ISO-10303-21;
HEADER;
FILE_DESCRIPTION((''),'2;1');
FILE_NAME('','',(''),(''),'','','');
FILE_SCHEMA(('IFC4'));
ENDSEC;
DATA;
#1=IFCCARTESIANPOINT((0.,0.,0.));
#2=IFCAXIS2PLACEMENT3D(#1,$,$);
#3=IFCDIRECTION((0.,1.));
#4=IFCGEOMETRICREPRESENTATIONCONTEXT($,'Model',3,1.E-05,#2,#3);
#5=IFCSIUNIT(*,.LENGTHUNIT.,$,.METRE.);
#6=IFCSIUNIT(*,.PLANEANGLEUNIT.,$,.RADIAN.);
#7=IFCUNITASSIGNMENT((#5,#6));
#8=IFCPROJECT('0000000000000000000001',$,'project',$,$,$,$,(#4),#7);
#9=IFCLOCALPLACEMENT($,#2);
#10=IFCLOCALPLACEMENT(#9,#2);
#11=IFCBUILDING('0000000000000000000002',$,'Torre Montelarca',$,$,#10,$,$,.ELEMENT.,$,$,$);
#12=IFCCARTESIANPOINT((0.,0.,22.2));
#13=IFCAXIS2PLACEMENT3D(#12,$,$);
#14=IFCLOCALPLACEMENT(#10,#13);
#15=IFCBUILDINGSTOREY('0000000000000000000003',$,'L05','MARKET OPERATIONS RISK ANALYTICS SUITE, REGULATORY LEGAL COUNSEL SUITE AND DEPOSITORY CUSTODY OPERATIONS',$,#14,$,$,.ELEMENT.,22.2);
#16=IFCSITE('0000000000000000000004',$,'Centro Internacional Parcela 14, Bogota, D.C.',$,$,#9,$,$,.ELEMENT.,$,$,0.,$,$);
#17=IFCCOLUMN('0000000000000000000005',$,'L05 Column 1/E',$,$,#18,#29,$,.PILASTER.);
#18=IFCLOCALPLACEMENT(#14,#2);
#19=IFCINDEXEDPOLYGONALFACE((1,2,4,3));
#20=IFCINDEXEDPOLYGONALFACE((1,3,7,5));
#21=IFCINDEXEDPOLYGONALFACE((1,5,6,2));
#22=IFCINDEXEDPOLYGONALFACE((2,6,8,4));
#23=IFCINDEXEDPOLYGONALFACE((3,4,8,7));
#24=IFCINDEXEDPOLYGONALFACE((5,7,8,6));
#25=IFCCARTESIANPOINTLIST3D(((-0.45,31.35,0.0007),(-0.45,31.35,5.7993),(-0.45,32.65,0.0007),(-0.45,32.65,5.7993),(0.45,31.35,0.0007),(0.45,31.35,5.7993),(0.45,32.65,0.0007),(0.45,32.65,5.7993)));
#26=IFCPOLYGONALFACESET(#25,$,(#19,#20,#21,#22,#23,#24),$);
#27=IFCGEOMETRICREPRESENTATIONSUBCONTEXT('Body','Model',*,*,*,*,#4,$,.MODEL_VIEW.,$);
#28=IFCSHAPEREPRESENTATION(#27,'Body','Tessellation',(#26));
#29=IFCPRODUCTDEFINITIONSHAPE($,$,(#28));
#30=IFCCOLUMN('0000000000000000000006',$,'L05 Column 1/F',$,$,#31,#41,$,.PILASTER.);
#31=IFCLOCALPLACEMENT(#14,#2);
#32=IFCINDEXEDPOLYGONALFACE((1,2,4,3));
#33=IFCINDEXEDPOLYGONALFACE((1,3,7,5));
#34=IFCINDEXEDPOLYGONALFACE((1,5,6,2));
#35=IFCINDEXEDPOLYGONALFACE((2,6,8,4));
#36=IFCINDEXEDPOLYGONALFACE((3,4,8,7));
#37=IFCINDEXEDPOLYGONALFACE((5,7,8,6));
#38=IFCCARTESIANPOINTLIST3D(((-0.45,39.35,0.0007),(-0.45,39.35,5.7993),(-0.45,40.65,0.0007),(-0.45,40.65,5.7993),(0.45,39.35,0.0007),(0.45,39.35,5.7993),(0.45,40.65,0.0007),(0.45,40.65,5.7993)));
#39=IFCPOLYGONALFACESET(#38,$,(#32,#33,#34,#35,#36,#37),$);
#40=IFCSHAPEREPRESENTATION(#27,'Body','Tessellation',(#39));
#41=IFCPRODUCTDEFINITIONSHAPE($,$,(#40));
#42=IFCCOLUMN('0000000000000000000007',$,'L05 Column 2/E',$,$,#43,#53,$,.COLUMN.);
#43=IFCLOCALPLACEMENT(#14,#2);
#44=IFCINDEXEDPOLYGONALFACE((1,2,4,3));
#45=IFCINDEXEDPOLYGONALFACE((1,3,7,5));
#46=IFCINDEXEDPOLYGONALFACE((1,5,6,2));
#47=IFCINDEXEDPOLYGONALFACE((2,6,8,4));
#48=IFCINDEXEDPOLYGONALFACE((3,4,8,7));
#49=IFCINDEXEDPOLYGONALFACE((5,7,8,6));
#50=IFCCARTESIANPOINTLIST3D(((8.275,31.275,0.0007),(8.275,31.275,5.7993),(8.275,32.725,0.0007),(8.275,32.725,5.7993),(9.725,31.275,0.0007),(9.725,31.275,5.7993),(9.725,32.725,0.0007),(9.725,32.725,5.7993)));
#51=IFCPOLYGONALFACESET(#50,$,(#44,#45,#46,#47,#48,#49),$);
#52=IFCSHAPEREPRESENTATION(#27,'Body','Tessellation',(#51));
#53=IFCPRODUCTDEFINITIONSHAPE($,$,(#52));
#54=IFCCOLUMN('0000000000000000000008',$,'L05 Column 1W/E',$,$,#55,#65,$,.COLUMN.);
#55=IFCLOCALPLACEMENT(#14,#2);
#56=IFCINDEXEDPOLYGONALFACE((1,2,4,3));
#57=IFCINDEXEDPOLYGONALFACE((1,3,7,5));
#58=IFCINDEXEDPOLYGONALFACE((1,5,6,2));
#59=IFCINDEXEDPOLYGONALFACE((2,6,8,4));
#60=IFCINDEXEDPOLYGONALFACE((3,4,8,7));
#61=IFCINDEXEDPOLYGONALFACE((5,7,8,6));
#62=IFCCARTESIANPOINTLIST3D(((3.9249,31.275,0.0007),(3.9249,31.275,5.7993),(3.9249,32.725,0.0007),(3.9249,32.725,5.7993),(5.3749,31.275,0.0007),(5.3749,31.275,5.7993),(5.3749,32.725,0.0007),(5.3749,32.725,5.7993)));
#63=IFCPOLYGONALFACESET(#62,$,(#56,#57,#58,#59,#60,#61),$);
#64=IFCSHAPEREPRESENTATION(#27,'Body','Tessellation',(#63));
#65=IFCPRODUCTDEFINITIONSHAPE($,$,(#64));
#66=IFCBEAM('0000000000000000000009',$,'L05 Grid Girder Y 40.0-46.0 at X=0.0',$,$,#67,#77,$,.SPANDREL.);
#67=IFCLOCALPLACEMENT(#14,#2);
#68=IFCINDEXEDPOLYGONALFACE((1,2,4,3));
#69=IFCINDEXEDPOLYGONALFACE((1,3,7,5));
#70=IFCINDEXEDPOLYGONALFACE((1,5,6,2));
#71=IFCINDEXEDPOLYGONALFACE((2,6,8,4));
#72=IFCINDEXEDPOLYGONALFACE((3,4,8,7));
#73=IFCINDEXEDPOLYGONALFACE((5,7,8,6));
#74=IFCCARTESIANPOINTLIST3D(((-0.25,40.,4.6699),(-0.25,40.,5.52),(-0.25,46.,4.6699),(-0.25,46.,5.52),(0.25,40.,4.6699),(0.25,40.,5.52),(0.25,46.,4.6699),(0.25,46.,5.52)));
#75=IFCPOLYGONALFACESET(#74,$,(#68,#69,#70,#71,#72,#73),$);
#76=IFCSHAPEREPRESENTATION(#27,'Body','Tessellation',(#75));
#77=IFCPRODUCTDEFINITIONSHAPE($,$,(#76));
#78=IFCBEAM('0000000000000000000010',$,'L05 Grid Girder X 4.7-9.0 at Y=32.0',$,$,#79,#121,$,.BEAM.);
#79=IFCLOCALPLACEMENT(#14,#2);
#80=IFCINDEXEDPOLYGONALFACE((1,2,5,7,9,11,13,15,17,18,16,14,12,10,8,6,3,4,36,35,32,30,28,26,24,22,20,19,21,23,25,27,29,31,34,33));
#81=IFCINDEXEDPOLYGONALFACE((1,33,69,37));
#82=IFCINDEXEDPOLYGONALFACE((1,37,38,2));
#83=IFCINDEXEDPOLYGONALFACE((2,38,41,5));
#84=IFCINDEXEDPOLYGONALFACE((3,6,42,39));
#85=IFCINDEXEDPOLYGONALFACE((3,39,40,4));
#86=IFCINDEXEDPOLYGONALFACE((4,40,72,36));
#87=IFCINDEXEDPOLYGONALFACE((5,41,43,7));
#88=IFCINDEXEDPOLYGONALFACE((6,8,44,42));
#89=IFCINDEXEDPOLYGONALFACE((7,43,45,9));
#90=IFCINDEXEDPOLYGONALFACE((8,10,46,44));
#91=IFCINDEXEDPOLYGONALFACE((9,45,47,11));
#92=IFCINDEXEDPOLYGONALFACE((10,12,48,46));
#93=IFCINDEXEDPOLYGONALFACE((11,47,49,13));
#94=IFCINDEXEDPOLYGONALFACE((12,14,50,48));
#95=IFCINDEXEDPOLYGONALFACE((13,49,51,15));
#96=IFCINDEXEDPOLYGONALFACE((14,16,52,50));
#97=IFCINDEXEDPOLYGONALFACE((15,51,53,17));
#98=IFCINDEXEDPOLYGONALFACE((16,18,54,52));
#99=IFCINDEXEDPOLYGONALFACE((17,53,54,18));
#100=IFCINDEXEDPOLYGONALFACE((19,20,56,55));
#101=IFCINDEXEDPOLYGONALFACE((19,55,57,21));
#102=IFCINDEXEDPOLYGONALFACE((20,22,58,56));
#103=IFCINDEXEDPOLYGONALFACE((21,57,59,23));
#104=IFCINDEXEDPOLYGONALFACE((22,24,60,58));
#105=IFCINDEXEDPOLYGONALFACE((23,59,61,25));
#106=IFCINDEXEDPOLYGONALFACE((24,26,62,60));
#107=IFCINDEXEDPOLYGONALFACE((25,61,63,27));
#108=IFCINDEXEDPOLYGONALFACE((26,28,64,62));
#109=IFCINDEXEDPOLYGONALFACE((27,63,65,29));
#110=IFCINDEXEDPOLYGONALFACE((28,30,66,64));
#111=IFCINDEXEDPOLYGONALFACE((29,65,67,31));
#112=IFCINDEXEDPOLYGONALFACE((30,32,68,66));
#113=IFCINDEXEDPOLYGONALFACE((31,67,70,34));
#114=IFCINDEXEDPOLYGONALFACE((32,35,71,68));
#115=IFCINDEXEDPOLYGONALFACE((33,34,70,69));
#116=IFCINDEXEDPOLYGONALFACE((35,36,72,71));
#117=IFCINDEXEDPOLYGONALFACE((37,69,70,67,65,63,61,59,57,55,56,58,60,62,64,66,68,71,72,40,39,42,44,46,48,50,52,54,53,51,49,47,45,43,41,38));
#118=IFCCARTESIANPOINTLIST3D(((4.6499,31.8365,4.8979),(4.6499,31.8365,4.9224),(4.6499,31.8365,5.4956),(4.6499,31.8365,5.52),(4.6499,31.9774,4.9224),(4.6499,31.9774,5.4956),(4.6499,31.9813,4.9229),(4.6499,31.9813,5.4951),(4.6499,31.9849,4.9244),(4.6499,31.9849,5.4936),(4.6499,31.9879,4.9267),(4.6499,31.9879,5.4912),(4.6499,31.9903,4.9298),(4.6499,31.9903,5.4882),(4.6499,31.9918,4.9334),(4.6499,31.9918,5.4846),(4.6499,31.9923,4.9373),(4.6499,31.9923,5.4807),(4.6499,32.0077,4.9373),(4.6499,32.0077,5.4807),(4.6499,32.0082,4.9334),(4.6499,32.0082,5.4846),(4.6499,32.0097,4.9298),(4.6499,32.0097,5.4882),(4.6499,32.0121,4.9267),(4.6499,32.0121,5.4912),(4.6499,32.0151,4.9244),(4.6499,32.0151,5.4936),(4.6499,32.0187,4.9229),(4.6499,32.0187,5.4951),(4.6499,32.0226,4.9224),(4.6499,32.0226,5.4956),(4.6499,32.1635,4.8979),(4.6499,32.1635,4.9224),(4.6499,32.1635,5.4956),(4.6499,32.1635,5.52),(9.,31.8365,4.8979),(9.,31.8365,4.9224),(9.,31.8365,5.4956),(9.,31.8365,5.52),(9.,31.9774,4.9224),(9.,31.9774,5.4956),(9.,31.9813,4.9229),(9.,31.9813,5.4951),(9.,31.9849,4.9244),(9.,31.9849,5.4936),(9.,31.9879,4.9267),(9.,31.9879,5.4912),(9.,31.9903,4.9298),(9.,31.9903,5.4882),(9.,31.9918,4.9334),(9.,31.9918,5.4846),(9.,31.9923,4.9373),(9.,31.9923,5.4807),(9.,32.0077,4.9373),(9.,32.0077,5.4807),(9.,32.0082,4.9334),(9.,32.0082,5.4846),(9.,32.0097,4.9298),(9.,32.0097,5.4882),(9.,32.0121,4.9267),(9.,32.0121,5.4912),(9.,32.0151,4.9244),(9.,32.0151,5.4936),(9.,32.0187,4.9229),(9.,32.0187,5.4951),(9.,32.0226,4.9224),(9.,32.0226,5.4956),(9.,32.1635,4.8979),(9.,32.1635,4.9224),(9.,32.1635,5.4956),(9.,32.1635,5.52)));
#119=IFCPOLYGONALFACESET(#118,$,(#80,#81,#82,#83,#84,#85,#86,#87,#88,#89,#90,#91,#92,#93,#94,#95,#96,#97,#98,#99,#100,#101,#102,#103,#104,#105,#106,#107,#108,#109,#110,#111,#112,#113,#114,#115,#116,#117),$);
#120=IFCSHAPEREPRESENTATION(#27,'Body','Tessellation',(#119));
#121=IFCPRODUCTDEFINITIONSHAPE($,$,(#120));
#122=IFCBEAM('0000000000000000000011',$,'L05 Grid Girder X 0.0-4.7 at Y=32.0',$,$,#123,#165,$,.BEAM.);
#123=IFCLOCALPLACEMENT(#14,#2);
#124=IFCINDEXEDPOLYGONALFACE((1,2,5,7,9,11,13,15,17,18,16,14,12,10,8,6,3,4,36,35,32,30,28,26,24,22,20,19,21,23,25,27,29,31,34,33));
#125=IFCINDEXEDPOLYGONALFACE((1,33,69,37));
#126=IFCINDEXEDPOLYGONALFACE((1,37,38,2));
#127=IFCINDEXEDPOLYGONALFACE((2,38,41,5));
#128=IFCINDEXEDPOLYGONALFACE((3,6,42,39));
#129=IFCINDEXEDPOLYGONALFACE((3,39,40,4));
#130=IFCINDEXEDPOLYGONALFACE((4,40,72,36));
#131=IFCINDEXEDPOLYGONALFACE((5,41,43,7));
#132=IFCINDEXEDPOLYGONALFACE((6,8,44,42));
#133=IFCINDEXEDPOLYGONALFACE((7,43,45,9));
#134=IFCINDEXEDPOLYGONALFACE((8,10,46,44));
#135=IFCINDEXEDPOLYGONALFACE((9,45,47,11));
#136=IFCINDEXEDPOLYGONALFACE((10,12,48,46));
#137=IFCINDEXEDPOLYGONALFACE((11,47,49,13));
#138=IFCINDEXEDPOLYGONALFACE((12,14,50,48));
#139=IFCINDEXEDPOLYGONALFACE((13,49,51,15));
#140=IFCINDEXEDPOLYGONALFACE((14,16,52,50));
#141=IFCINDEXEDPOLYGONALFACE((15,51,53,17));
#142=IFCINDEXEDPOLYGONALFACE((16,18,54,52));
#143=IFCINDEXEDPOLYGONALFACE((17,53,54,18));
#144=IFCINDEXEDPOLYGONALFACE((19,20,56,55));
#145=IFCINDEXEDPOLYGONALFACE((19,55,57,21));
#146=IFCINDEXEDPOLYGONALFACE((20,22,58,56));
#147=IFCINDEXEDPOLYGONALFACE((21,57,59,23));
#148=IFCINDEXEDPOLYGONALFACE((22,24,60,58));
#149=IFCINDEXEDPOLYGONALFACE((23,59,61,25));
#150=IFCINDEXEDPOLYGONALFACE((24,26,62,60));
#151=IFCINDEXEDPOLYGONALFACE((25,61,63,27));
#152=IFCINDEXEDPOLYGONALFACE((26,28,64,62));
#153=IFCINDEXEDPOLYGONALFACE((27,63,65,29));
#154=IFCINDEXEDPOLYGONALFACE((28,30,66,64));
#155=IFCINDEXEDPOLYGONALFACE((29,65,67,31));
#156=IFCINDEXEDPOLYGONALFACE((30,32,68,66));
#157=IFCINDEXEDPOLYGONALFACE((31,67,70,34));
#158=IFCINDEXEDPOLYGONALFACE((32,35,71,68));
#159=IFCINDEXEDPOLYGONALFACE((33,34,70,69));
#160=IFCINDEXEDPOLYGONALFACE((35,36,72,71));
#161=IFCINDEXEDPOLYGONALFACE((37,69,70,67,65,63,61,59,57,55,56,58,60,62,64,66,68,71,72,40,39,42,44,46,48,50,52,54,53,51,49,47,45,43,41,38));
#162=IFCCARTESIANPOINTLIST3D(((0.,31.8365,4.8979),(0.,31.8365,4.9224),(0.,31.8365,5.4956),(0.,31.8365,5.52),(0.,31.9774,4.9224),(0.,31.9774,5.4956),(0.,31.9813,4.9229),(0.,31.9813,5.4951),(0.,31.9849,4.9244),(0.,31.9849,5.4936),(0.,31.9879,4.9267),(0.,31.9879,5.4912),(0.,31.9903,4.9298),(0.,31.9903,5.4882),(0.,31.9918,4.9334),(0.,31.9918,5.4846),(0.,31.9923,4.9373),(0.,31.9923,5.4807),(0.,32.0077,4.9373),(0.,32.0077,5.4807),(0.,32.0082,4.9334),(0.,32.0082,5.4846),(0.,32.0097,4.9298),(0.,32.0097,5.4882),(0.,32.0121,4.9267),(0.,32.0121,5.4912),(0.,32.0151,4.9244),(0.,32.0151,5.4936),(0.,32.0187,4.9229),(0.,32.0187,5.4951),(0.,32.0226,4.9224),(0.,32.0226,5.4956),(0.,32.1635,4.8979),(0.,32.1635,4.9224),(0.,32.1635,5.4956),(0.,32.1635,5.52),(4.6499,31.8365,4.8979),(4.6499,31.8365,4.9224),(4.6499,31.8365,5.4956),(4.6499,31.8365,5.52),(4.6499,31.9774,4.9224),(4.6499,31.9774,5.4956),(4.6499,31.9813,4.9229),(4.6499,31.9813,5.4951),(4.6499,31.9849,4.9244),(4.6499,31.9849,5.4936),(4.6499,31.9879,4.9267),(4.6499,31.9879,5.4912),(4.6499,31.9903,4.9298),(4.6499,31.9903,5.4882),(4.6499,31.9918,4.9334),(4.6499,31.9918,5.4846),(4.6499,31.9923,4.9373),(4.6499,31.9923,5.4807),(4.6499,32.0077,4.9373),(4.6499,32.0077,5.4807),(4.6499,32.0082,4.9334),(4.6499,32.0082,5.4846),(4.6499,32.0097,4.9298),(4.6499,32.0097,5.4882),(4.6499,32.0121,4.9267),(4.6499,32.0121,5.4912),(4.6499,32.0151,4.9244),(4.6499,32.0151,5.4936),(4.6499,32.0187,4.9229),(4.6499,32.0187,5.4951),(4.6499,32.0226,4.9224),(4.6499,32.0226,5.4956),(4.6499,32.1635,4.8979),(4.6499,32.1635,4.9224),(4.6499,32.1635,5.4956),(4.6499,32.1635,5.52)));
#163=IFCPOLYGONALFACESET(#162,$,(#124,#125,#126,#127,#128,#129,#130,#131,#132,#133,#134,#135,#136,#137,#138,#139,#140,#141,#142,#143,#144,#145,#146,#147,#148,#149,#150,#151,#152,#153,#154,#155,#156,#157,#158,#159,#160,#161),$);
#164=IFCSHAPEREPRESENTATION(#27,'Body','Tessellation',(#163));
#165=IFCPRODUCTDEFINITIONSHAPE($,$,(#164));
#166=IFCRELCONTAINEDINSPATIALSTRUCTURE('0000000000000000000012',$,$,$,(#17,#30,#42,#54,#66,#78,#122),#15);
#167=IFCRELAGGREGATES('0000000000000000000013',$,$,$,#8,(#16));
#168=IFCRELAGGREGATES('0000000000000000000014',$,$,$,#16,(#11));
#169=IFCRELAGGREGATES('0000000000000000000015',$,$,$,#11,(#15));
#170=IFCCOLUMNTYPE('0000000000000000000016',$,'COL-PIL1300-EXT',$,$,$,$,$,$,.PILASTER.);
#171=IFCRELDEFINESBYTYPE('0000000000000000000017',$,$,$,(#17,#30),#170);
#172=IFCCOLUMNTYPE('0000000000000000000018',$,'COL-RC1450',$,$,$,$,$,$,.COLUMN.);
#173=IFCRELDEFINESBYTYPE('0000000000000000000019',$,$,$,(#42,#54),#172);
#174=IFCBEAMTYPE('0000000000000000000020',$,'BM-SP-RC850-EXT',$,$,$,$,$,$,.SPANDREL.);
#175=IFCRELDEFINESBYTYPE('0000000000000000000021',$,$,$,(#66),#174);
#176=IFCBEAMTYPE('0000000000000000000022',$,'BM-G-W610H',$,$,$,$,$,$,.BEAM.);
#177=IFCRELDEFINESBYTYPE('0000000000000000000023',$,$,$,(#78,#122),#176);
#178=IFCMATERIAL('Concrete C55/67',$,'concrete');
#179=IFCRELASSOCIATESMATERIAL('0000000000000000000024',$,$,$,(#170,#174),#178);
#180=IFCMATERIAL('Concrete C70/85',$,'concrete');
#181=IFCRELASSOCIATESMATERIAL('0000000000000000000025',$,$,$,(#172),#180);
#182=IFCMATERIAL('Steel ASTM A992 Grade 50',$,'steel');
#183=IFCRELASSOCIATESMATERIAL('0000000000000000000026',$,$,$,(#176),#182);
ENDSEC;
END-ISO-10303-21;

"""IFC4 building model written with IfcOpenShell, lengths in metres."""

from ifc_helpers import new_model, si_unit, direction, frame, origin, origin_2d, place, context, subcontext, project, spatial, rectangle, i_section, extrude, source, transform, mapped, material, material_profile, profile_set, type_object, element, save


model = new_model("IFC4")

# Units and contexts
model_context = context("Model", 3, precision=1e-05, world=origin(), true_north=direction((0.0, 1.0)))
body_context = subcontext(model_context, "Body", "Model", "MODEL_VIEW")
ifc_project = project(units=[si_unit("LENGTHUNIT", "METRE"), si_unit("PLANEANGLEUNIT", "RADIAN")], contexts=[model_context])

# Site, building, storey
site_placement = place(None, origin())
site = spatial("IfcSite", under=ifc_project, at=site_placement, Name="Centro Internacional Parcela 14, Bogota, D.C.", CompositionType="ELEMENT", RefElevation=0.0)
building_placement = place(site_placement, origin())
building = spatial("IfcBuilding", under=site, at=building_placement, Name="Torre Montelarca", CompositionType="ELEMENT")
storey_placement = place(building_placement, frame((0.0, 0.0, 22.2)))
storey = spatial("IfcBuildingStorey", under=building, at=storey_placement, Name="L05", Description="MARKET OPERATIONS RISK ANALYTICS SUITE, REGULATORY LEGAL COUNSEL SUITE AND DEPOSITORY CUSTODY OPERATIONS", CompositionType="ELEMENT", Elevation=22.2)

# Columns
ifc_material_1 = material(Name="Concrete C55/67", Category="concrete")
ifc_material_profile_1 = material_profile(ifc_material_1, rectangle(XDim=0.8999, YDim=1.3, at=origin_2d()), Name="RC1300X900", Category="concrete")
ifc_profile_set_1 = profile_set([ifc_material_profile_1], Name="Concrete C55/67")
column_type_1 = type_object("IfcColumnType", Name="COL-PIL1300-EXT", PredefinedType="PILASTER", material=ifc_profile_set_1)
shared_shape_1 = source(origin(), body_context, "Body", "SweptSolid", [
    extrude(rectangle(XDim=0.8999, YDim=1.3, at=origin_2d()), origin(), (0.0, 0.0, 1.0), 5.7986),
])
for number, where, z_axis, x_axis, name in (
    (1, (0.0, 32.0, 0.0007), (0.0, 0.0, 1.0), (1.0, 0.0, 0.0), "L05 Column 1/E"),
    (2, (0.0, 40.0, 0.0007), (0.0, 0.0, 1.0), (1.0, 0.0, 0.0), "L05 Column 1/F"),
):
    element("IfcColumn", number, at=place(storey_placement, frame(where, z_axis=z_axis, x_axis=x_axis)), inside=storey, type_object=column_type_1, Name=name, PredefinedType="PILASTER", context=body_context, shape_type="MappedRepresentation", body=[
        mapped(shared_shape_1, transform((0.0, 0.0, 0.0), scale=1.0)),
    ])
ifc_material_2 = material(Name="Concrete C70/85", Category="concrete")
ifc_material_profile_2 = material_profile(ifc_material_2, rectangle(XDim=1.45, YDim=1.45, at=origin_2d()), Name="RC1450X1450", Category="concrete")
ifc_profile_set_2 = profile_set([ifc_material_profile_2], Name="Concrete C70/85")
column_type_2 = type_object("IfcColumnType", Name="COL-RC1450", PredefinedType="COLUMN", material=ifc_profile_set_2)
shared_shape_2 = source(origin(), body_context, "Body", "SweptSolid", [
    extrude(rectangle(XDim=1.45, YDim=1.45, at=origin_2d()), origin(), (0.0, 0.0, 1.0), 5.7986),
])
for number, where, z_axis, x_axis, name in (
    (3, (9.0, 32.0, 0.0007), (0.0, 0.0, 1.0), (1.0, 0.0, 0.0), "L05 Column 2/E"),
    (4, (4.6499, 32.0, 0.0007), (0.0, 0.0, 1.0), (1.0, 0.0, 0.0), "L05 Column 1W/E"),
):
    element("IfcColumn", number, at=place(storey_placement, frame(where, z_axis=z_axis, x_axis=x_axis)), inside=storey, type_object=column_type_2, Name=name, PredefinedType="COLUMN", context=body_context, shape_type="MappedRepresentation", body=[
        mapped(shared_shape_2, transform((0.0, 0.0, 0.0), scale=1.0)),
    ])

# Beams
ifc_material_profile_3 = material_profile(ifc_material_1, rectangle(XDim=0.5, YDim=0.8501, at=origin_2d()), Name="RCB500X850", Category="concrete")
ifc_profile_set_3 = profile_set([ifc_material_profile_3], Name="Concrete C55/67")
beam_type_1 = type_object("IfcBeamType", Name="BM-SP-RC850-EXT", PredefinedType="SPANDREL", material=ifc_profile_set_3)
shared_shape_3 = source(origin(), body_context, "Body", "SweptSolid", [
    extrude(rectangle(XDim=0.5, YDim=0.8501, at=origin_2d()), origin(), (0.0, 0.0, 1.0), 6.0),
])
beam_1_placement = place(storey_placement, frame((0.0, 40.0, 5.095), z_axis=(0.0, 1.0, 0.0), x_axis=(-1.0, 0.0, 0.0)))
element("IfcBeam", 5, at=beam_1_placement, inside=storey, type_object=beam_type_1, Name="L05 Grid Girder Y 40.0-46.0 at X=0.0", PredefinedType="SPANDREL", context=body_context, shape_type="MappedRepresentation", body=[
    mapped(shared_shape_3, transform((0.0, 0.0, 0.0), scale=1.0)),
])
ifc_material_3 = material(Name="Steel ASTM A992 Grade 50", Category="steel")
ifc_material_profile_4 = material_profile(ifc_material_3, i_section(OverallWidth=0.3269, OverallDepth=0.6221, WebThickness=0.0154, FlangeThickness=0.0244, FilletRadius=0.0149, at=origin_2d()), Name="W610X195", Category="steel")
ifc_profile_set_4 = profile_set([ifc_material_profile_4], Name="Steel ASTM A992 Grade 50")
beam_type_2 = type_object("IfcBeamType", Name="BM-G-W610H", PredefinedType="BEAM", material=ifc_profile_set_4)
shared_shape_4 = source(origin(), body_context, "Body", "SweptSolid", [
    extrude(i_section(OverallWidth=0.3269, OverallDepth=0.6221, WebThickness=0.0154, FlangeThickness=0.0244, FilletRadius=0.0149, at=origin_2d()), origin(), (0.0, 0.0, 1.0), 4.3501),
])
beam_2_placement = place(storey_placement, frame((4.6499, 32.0, 5.209), z_axis=(1.0, 0.0, 0.0), x_axis=(0.0, 1.0, 0.0)))
element("IfcBeam", 6, at=beam_2_placement, inside=storey, type_object=beam_type_2, Name="L05 Grid Girder X 4.7-9.0 at Y=32.0", PredefinedType="BEAM", context=body_context, shape_type="MappedRepresentation", body=[
    mapped(shared_shape_4, transform((0.0, 0.0, 0.0), scale=1.0)),
])
shared_shape_5 = source(origin(), body_context, "Body", "SweptSolid", [
    extrude(i_section(OverallWidth=0.3269, OverallDepth=0.6221, WebThickness=0.0154, FlangeThickness=0.0244, FilletRadius=0.0149, at=origin_2d()), origin(), (0.0, 0.0, 1.0), 4.6499),
])
for number, where, z_axis, x_axis, name in (
    (7, (0.0, 32.0, 5.209), (1.0, 0.0, 0.0), (0.0, 1.0, 0.0), "L05 Grid Girder X 0.0-4.7 at Y=32.0"),
):
    element("IfcBeam", number, at=place(storey_placement, frame(where, z_axis=z_axis, x_axis=x_axis)), inside=storey, type_object=beam_type_2, Name=name, PredefinedType="BEAM", context=body_context, shape_type="MappedRepresentation", body=[
        mapped(shared_shape_5, transform((0.0, 0.0, 0.0), scale=1.0)),
    ])

save(model, "model.ifc")
